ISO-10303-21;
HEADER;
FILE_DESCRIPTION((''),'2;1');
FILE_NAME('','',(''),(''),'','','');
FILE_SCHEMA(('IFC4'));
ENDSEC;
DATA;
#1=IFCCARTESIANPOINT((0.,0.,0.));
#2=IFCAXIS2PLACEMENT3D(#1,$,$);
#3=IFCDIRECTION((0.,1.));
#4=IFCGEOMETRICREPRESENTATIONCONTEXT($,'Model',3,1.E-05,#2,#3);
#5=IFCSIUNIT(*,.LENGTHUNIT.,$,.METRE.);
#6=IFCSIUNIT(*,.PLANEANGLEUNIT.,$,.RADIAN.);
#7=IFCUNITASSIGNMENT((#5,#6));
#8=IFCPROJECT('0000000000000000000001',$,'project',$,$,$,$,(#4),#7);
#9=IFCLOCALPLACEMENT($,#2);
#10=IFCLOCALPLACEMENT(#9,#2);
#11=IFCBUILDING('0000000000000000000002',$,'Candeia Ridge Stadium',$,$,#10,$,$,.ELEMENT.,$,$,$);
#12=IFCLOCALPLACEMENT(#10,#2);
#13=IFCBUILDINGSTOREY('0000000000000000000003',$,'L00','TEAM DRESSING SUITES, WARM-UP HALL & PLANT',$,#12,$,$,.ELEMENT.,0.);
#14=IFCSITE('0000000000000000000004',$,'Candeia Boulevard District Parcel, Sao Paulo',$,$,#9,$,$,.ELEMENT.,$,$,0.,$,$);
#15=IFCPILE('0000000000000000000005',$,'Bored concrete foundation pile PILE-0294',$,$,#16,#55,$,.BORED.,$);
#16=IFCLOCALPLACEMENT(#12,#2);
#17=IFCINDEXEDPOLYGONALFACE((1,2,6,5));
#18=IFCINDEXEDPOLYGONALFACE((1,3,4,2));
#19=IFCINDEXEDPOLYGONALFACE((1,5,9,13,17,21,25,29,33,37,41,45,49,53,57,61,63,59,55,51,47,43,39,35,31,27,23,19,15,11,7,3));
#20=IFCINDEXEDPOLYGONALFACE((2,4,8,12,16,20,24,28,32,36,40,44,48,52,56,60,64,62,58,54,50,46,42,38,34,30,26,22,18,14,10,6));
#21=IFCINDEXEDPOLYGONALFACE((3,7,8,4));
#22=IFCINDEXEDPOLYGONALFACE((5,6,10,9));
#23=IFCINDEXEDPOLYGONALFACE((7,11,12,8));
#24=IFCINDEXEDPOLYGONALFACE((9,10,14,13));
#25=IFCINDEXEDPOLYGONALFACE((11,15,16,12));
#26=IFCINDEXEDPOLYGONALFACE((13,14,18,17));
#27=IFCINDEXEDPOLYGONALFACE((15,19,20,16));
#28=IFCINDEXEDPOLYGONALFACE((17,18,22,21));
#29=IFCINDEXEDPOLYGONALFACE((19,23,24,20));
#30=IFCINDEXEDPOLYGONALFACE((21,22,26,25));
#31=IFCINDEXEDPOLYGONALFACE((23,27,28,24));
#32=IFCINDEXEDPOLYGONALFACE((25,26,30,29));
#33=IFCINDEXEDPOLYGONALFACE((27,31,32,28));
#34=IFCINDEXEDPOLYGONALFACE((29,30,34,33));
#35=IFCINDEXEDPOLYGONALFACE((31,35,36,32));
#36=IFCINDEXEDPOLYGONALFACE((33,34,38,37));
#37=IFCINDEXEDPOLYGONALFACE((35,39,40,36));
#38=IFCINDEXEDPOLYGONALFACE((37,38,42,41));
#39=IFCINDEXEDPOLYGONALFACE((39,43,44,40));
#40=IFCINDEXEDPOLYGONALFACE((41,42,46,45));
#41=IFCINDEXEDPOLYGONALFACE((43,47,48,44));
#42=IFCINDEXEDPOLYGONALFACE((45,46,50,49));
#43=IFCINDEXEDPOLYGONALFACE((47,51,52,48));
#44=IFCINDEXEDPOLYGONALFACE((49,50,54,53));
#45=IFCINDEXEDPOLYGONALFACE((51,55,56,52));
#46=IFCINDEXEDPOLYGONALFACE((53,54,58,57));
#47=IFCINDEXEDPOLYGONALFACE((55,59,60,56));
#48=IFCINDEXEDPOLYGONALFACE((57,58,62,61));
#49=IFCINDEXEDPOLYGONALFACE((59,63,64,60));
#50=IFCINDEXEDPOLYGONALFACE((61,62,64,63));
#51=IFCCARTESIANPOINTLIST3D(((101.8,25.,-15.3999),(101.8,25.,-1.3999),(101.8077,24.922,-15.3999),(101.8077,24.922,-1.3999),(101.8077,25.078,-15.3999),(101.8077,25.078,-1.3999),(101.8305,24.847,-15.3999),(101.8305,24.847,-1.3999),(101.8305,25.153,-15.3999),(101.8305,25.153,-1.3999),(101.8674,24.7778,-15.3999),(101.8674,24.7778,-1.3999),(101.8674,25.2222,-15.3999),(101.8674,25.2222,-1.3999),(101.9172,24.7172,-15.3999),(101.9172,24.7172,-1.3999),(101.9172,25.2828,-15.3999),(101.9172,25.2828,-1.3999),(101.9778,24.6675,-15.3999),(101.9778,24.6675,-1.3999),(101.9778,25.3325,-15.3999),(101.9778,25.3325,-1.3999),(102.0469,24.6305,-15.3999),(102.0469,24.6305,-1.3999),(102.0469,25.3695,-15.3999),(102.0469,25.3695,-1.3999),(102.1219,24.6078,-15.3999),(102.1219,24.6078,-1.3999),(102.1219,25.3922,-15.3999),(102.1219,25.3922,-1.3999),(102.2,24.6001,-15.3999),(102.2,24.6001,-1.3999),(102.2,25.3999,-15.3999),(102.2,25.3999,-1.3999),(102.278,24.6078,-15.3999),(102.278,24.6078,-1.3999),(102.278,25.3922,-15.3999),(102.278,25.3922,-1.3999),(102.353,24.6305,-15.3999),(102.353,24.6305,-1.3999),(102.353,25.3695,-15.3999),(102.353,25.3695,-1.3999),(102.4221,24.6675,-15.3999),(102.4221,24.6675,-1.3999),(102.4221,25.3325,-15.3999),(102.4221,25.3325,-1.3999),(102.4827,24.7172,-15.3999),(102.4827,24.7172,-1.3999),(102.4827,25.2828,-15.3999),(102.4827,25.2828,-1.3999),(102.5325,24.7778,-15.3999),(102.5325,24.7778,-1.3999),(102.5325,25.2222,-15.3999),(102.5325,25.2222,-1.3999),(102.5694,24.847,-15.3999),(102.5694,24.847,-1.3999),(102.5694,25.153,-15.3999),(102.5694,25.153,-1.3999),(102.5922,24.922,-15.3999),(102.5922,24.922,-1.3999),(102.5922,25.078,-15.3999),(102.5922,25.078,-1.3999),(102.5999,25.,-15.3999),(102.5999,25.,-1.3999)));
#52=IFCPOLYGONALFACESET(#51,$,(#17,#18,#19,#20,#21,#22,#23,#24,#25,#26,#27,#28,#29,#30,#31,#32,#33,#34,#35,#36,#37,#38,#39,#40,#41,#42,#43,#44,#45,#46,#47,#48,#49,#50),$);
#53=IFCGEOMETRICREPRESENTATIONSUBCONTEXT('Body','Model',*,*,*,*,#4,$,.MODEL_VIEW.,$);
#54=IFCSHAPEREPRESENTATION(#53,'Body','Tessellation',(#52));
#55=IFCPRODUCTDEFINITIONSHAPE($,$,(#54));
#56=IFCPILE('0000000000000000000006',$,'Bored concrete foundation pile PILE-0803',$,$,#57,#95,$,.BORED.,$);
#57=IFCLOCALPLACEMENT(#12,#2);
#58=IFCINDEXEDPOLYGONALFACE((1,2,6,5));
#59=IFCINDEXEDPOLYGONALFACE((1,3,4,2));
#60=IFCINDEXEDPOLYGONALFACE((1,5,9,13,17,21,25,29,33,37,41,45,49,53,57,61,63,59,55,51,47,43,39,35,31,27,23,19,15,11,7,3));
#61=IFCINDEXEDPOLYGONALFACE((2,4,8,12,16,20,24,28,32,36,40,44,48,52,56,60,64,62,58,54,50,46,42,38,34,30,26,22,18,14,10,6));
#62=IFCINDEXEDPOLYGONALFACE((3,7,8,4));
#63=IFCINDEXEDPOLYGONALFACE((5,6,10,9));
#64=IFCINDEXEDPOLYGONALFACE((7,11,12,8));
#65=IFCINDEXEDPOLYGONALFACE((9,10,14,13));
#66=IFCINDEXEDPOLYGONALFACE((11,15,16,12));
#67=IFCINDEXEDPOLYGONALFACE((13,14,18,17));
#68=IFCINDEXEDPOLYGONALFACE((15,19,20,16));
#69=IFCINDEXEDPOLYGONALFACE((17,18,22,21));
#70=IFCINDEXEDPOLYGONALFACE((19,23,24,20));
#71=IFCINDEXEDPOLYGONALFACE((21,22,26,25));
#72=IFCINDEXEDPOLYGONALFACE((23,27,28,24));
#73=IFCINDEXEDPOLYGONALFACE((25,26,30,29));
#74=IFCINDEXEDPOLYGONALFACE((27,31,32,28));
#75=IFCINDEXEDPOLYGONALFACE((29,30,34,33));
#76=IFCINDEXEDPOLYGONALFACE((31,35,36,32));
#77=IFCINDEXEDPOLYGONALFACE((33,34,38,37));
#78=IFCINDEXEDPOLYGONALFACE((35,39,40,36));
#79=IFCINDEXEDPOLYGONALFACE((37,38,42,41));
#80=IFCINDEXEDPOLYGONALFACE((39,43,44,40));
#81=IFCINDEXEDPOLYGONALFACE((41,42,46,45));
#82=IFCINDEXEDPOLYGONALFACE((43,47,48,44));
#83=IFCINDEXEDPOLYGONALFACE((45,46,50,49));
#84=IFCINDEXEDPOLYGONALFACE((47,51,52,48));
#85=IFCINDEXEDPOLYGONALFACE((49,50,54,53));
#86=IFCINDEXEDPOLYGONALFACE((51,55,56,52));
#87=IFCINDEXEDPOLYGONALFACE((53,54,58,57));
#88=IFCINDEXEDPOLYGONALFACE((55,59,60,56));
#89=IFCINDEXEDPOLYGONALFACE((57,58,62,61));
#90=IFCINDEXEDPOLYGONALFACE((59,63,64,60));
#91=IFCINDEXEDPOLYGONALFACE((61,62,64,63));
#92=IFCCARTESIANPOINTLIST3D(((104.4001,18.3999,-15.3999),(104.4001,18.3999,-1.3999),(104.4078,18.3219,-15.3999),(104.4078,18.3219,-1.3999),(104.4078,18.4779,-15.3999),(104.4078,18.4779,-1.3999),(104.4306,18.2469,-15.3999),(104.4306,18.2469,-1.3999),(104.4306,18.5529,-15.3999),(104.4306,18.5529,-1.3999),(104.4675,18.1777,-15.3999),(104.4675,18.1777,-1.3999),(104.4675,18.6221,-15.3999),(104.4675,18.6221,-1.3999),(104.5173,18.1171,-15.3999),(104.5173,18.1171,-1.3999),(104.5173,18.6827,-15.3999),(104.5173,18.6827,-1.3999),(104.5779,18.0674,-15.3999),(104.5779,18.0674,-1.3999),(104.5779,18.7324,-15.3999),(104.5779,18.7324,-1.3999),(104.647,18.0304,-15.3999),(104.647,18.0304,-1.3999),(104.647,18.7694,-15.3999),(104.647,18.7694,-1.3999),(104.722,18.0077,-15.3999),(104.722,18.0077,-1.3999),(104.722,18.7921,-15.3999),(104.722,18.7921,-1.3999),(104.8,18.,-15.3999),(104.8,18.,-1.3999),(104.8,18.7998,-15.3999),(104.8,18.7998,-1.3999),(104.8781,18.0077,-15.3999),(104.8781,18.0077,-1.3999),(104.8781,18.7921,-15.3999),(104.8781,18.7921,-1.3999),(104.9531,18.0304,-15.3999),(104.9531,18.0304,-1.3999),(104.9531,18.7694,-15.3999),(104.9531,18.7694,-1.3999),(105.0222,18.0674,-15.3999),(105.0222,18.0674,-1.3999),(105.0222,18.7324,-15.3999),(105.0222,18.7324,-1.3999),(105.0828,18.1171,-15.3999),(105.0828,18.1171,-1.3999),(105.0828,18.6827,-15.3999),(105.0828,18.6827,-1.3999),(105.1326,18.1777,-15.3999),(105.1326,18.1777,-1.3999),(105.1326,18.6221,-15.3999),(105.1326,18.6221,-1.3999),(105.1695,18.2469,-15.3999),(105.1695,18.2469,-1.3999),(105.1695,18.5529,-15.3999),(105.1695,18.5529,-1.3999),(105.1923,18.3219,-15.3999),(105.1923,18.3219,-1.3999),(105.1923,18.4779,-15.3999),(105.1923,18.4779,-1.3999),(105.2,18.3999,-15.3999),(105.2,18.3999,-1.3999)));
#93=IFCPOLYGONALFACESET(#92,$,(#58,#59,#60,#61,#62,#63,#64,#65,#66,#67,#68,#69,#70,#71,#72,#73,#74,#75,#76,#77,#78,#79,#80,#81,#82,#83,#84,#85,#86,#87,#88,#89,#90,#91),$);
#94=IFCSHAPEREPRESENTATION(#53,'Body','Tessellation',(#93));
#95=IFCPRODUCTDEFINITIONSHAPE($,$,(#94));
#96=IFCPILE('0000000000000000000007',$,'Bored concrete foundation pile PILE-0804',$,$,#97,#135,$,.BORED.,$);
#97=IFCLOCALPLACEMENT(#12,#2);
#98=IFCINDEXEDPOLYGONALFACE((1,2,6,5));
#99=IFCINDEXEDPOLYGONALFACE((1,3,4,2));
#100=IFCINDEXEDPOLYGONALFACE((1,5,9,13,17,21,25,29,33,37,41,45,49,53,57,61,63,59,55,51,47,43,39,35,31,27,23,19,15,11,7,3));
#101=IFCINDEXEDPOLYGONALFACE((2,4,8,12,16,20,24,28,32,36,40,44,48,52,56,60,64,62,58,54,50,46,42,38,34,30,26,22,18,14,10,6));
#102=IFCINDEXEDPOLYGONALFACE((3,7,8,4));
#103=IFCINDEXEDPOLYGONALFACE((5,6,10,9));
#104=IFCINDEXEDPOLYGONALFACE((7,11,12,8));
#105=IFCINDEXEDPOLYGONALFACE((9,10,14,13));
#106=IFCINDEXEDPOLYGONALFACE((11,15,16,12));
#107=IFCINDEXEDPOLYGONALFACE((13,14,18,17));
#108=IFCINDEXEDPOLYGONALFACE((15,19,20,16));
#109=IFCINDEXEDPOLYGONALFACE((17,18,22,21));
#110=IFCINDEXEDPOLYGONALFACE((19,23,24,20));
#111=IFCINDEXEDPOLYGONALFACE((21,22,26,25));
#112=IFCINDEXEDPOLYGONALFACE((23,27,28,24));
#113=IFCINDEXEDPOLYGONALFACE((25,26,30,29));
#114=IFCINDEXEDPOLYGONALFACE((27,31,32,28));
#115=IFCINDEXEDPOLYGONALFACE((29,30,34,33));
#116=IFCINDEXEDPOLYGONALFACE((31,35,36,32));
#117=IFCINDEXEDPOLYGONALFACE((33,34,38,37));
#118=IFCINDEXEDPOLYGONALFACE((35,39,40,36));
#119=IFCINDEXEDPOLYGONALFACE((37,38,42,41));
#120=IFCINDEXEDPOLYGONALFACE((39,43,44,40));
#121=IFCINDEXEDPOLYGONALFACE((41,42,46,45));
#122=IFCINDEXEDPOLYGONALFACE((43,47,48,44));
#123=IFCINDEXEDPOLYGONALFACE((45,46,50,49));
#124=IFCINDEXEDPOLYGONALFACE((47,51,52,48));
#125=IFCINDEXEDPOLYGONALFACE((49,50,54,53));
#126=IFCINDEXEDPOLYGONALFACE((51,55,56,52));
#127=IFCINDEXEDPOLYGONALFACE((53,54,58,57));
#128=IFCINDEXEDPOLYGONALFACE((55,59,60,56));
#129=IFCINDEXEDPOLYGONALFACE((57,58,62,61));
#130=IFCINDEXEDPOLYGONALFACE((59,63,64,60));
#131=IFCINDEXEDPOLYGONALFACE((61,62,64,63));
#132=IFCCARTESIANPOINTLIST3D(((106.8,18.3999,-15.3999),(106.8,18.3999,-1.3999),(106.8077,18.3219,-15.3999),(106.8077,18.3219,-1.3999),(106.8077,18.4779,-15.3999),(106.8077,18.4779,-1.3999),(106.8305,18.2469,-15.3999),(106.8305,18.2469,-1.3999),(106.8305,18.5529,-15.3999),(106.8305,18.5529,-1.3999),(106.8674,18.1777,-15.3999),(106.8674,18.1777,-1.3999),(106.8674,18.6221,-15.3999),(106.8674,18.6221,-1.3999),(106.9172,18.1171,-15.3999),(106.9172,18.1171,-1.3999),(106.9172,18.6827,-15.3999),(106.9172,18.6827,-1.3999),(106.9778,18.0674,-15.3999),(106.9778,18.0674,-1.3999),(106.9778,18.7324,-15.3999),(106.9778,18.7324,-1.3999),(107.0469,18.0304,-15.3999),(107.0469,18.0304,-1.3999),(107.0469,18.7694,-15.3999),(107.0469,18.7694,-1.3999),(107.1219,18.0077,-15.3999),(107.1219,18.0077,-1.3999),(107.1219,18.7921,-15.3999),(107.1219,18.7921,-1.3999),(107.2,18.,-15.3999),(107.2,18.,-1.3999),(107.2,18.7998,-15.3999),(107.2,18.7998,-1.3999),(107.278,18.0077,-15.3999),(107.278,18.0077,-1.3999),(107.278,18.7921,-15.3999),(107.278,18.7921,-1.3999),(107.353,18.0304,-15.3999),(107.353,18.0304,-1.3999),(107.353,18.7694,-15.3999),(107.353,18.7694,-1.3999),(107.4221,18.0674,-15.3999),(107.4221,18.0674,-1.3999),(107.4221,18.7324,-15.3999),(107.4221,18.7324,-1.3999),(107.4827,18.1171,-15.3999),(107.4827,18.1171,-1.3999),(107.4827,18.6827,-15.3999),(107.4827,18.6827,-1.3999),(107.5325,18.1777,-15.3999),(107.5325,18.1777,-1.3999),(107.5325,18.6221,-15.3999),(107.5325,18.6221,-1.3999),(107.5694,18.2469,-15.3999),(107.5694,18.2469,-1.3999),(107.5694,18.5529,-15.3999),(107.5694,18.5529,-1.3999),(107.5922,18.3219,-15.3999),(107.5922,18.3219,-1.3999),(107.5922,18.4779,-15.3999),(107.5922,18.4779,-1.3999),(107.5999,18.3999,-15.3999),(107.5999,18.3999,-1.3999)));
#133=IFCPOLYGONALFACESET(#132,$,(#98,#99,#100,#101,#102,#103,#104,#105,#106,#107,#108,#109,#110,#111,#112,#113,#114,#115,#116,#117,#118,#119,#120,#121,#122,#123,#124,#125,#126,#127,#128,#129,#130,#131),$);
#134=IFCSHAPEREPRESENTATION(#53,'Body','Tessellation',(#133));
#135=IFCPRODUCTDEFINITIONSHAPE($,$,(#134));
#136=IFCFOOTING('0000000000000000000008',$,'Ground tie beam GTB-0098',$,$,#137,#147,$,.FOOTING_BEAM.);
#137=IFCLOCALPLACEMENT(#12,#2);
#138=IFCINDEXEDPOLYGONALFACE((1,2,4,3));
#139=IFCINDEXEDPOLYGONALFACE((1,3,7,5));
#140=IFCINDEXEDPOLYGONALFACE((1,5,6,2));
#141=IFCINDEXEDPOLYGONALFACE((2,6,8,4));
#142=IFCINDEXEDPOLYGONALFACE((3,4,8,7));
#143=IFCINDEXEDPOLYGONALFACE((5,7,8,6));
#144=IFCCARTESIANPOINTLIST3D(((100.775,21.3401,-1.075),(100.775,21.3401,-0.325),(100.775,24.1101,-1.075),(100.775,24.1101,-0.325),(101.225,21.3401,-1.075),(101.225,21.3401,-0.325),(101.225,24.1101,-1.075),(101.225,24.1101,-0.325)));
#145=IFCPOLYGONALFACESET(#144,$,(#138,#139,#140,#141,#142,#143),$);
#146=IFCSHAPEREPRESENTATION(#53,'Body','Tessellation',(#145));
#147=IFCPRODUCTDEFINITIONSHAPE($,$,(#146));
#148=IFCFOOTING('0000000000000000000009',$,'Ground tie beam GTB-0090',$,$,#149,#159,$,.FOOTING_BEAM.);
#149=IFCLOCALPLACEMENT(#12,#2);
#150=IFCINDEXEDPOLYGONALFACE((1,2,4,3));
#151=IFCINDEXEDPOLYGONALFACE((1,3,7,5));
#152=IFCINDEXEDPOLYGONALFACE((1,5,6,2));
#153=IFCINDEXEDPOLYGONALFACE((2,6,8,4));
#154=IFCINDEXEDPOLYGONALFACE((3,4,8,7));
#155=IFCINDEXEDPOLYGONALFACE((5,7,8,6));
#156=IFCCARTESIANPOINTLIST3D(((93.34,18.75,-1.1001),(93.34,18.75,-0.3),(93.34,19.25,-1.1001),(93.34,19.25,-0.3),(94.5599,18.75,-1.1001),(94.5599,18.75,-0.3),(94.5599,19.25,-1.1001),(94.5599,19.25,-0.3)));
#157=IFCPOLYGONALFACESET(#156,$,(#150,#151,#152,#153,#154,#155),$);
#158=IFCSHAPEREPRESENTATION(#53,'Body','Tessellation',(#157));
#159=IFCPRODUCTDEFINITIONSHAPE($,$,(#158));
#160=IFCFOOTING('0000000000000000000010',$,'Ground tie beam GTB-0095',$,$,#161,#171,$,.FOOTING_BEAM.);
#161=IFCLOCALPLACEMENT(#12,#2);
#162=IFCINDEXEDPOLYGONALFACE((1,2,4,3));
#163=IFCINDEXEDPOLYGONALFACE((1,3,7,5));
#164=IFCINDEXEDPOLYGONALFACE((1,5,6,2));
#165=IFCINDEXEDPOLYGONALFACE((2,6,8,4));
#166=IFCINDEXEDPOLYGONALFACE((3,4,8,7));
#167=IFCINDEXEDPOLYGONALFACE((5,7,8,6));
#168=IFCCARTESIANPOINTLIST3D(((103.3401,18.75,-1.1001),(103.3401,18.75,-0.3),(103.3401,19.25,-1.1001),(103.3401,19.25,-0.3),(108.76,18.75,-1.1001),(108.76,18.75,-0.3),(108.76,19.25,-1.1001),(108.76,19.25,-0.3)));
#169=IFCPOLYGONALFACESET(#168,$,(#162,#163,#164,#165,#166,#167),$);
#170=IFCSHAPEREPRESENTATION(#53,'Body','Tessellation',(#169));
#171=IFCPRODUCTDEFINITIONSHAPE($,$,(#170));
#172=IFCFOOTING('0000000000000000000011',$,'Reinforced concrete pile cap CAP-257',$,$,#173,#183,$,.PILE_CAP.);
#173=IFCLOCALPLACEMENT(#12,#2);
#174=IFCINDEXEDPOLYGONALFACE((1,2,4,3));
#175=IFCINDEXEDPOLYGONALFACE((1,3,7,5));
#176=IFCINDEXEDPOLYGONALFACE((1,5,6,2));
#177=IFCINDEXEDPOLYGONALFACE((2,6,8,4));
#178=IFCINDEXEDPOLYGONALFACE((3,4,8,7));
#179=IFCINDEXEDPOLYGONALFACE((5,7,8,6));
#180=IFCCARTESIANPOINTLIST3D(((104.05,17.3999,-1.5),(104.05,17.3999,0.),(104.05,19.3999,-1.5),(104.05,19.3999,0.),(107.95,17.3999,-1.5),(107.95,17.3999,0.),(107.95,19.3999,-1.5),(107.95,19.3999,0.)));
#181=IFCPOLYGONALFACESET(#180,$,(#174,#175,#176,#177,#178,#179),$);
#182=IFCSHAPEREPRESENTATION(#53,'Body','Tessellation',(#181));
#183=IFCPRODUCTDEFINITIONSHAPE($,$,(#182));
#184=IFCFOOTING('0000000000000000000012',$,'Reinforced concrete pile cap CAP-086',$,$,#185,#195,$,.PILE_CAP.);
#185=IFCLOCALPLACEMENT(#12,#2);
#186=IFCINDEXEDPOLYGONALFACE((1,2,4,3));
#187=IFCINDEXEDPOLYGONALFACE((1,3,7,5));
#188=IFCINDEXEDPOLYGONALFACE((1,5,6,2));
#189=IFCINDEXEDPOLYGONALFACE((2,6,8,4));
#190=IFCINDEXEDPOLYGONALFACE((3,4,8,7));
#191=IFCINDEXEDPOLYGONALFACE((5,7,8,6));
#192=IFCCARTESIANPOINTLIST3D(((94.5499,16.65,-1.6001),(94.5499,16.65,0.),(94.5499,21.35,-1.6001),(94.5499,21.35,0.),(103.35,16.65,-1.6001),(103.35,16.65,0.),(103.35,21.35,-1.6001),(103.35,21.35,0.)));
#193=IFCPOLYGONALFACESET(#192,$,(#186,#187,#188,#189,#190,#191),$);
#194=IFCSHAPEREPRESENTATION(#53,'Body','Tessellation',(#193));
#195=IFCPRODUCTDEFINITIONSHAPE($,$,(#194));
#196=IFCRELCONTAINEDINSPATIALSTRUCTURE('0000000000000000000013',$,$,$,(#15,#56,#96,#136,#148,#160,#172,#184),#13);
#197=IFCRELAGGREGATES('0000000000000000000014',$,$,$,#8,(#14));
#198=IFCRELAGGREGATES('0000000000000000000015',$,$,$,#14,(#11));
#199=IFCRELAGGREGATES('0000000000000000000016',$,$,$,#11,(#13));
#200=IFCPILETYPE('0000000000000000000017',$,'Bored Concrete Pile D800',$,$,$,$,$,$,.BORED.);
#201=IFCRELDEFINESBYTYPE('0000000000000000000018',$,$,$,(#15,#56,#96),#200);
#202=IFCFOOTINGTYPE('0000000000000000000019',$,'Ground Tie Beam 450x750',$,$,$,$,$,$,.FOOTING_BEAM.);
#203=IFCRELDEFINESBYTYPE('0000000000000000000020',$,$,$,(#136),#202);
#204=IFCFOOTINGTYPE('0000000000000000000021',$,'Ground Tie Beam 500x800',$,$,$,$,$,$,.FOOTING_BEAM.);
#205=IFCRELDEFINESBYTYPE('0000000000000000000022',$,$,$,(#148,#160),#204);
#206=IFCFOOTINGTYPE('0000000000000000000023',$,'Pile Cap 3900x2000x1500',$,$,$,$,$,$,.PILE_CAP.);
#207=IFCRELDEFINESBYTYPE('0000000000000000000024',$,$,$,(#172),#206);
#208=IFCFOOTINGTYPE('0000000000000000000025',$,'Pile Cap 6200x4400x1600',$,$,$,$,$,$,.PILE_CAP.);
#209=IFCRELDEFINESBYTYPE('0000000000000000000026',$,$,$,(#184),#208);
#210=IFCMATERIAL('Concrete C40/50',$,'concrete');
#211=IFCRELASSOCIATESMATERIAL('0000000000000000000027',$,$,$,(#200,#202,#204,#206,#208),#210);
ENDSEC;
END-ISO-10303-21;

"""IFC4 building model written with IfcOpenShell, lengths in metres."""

from ifc_helpers import new_model, si_unit, direction, frame, origin, origin_2d, place, context, subcontext, project, spatial, rectangle, circle, extrude, material, material_profile, profile_set, type_object, element, save


model = new_model("IFC4")

# Units and contexts
model_context = context("Model", 3, precision=1e-05, world=origin(), true_north=direction((0.0, 1.0)))
body_context = subcontext(model_context, "Body", "Model", "MODEL_VIEW")
ifc_project = project(units=[si_unit("LENGTHUNIT", "METRE"), si_unit("PLANEANGLEUNIT", "RADIAN")], contexts=[model_context])

# Site, building, storey
site_placement = place(None, origin())
site = spatial("IfcSite", under=ifc_project, at=site_placement, Name="Candeia Boulevard District Parcel, Sao Paulo", CompositionType="ELEMENT", RefElevation=0.0)
building_placement = place(site_placement, origin())
building = spatial("IfcBuilding", under=site, at=building_placement, Name="Candeia Ridge Stadium", CompositionType="ELEMENT")
storey_placement = place(building_placement, origin())
storey = spatial("IfcBuildingStorey", under=building, at=storey_placement, Name="L00", Description="TEAM DRESSING SUITES, WARM-UP HALL & PLANT", CompositionType="ELEMENT", Elevation=0.0)

# Piles
ifc_material_1 = material(Name="Concrete C40/50", Category="concrete")
ifc_material_profile_1 = material_profile(ifc_material_1, circle(Radius=0.3999, at=origin_2d()), Name="PILE-D800", Category="concrete")
ifc_profile_set_1 = profile_set([ifc_material_profile_1], Name="Concrete C40/50")
pile_type_1 = type_object("IfcPileType", Name="Bored Concrete Pile D800", PredefinedType="BORED", material=ifc_profile_set_1)
for number, where, z_axis, x_axis, name in (
    (1, (102.2, 25.0, -1.3999), (0.0, 0.0, -1.0), (1.0, 0.0, 0.0), "Bored concrete foundation pile PILE-0294"),
    (2, (104.8, 18.3999, -1.3999), (0.0, 0.0, -1.0), (1.0, 0.0, 0.0), "Bored concrete foundation pile PILE-0803"),
    (3, (107.2, 18.3999, -1.3999), (0.0, 0.0, -1.0), (1.0, 0.0, 0.0), "Bored concrete foundation pile PILE-0804"),
):
    element("IfcPile", number, at=place(storey_placement, frame(where, z_axis=z_axis, x_axis=x_axis)), inside=storey, type_object=pile_type_1, Name=name, PredefinedType="BORED", context=body_context, shape_type="SweptSolid", body=[
        extrude(circle(Radius=0.3999, at=origin_2d()), origin(), (0.0, 0.0, 1.0), 14.0),
    ])

# Footings
footing_type_1 = type_object("IfcFootingType", Name="Ground Tie Beam 450x750", PredefinedType="FOOTING_BEAM", material=ifc_material_1)
footing_1_placement = place(storey_placement, frame((101.0, 22.7251, -1.075), z_axis=(0.0, 0.0, 1.0), x_axis=(0.0, -1.0, 0.0)))
element("IfcFooting", 4, at=footing_1_placement, inside=storey, type_object=footing_type_1, Name="Ground tie beam GTB-0098", PredefinedType="FOOTING_BEAM", context=body_context, shape_type="SweptSolid", body=[
    extrude(rectangle(XDim=2.77, YDim=0.45, at=origin_2d()), origin(), (0.0, 0.0, 1.0), 0.75),
])
footing_type_2 = type_object("IfcFootingType", Name="Ground Tie Beam 500x800", PredefinedType="FOOTING_BEAM", material=ifc_material_1)
footing_2_placement = place(storey_placement, frame((93.95, 19.0, -1.1001), z_axis=(0.0, 0.0, 1.0), x_axis=(1.0, 0.0, 0.0)))
element("IfcFooting", 5, at=footing_2_placement, inside=storey, type_object=footing_type_2, Name="Ground tie beam GTB-0090", PredefinedType="FOOTING_BEAM", context=body_context, shape_type="SweptSolid", body=[
    extrude(rectangle(XDim=1.22, YDim=0.5, at=origin_2d()), origin(), (0.0, 0.0, 1.0), 0.8),
])
footing_3_placement = place(storey_placement, frame((106.05, 19.0, -1.1001), z_axis=(0.0, 0.0, 1.0), x_axis=(1.0, 0.0, 0.0)))
element("IfcFooting", 6, at=footing_3_placement, inside=storey, type_object=footing_type_2, Name="Ground tie beam GTB-0095", PredefinedType="FOOTING_BEAM", context=body_context, shape_type="SweptSolid", body=[
    extrude(rectangle(XDim=5.4199, YDim=0.5, at=origin_2d()), origin(), (0.0, 0.0, 1.0), 0.8),
])
footing_type_3 = type_object("IfcFootingType", Name="Pile Cap 3900x2000x1500", PredefinedType="PILE_CAP", material=ifc_material_1)
footing_4_placement = place(storey_placement, frame((106.0, 18.3999, -1.5), z_axis=(0.0, 0.0, 1.0), x_axis=(1.0, 0.0, 0.0)))
element("IfcFooting", 7, at=footing_4_placement, inside=storey, type_object=footing_type_3, Name="Reinforced concrete pile cap CAP-257", PredefinedType="PILE_CAP", context=body_context, shape_type="SweptSolid", body=[
    extrude(rectangle(XDim=3.8999, YDim=2.0, at=origin_2d()), origin(), (0.0, 0.0, 1.0), 1.5),
])
footing_type_4 = type_object("IfcFootingType", Name="Pile Cap 6200x4400x1600", PredefinedType="PILE_CAP", material=ifc_material_1)
footing_5_placement = place(storey_placement, frame((98.95, 19.0, -1.6001), z_axis=(0.0, 0.0, 1.0), x_axis=(1.0, 0.0, 0.0)))
element("IfcFooting", 8, at=footing_5_placement, inside=storey, type_object=footing_type_4, Name="Reinforced concrete pile cap CAP-086", PredefinedType="PILE_CAP", context=body_context, shape_type="SweptSolid", body=[
    extrude(rectangle(XDim=8.8, YDim=4.7, at=origin_2d()), origin(), (0.0, 0.0, 1.0), 1.6001),
])

save(model, "model.ifc")
